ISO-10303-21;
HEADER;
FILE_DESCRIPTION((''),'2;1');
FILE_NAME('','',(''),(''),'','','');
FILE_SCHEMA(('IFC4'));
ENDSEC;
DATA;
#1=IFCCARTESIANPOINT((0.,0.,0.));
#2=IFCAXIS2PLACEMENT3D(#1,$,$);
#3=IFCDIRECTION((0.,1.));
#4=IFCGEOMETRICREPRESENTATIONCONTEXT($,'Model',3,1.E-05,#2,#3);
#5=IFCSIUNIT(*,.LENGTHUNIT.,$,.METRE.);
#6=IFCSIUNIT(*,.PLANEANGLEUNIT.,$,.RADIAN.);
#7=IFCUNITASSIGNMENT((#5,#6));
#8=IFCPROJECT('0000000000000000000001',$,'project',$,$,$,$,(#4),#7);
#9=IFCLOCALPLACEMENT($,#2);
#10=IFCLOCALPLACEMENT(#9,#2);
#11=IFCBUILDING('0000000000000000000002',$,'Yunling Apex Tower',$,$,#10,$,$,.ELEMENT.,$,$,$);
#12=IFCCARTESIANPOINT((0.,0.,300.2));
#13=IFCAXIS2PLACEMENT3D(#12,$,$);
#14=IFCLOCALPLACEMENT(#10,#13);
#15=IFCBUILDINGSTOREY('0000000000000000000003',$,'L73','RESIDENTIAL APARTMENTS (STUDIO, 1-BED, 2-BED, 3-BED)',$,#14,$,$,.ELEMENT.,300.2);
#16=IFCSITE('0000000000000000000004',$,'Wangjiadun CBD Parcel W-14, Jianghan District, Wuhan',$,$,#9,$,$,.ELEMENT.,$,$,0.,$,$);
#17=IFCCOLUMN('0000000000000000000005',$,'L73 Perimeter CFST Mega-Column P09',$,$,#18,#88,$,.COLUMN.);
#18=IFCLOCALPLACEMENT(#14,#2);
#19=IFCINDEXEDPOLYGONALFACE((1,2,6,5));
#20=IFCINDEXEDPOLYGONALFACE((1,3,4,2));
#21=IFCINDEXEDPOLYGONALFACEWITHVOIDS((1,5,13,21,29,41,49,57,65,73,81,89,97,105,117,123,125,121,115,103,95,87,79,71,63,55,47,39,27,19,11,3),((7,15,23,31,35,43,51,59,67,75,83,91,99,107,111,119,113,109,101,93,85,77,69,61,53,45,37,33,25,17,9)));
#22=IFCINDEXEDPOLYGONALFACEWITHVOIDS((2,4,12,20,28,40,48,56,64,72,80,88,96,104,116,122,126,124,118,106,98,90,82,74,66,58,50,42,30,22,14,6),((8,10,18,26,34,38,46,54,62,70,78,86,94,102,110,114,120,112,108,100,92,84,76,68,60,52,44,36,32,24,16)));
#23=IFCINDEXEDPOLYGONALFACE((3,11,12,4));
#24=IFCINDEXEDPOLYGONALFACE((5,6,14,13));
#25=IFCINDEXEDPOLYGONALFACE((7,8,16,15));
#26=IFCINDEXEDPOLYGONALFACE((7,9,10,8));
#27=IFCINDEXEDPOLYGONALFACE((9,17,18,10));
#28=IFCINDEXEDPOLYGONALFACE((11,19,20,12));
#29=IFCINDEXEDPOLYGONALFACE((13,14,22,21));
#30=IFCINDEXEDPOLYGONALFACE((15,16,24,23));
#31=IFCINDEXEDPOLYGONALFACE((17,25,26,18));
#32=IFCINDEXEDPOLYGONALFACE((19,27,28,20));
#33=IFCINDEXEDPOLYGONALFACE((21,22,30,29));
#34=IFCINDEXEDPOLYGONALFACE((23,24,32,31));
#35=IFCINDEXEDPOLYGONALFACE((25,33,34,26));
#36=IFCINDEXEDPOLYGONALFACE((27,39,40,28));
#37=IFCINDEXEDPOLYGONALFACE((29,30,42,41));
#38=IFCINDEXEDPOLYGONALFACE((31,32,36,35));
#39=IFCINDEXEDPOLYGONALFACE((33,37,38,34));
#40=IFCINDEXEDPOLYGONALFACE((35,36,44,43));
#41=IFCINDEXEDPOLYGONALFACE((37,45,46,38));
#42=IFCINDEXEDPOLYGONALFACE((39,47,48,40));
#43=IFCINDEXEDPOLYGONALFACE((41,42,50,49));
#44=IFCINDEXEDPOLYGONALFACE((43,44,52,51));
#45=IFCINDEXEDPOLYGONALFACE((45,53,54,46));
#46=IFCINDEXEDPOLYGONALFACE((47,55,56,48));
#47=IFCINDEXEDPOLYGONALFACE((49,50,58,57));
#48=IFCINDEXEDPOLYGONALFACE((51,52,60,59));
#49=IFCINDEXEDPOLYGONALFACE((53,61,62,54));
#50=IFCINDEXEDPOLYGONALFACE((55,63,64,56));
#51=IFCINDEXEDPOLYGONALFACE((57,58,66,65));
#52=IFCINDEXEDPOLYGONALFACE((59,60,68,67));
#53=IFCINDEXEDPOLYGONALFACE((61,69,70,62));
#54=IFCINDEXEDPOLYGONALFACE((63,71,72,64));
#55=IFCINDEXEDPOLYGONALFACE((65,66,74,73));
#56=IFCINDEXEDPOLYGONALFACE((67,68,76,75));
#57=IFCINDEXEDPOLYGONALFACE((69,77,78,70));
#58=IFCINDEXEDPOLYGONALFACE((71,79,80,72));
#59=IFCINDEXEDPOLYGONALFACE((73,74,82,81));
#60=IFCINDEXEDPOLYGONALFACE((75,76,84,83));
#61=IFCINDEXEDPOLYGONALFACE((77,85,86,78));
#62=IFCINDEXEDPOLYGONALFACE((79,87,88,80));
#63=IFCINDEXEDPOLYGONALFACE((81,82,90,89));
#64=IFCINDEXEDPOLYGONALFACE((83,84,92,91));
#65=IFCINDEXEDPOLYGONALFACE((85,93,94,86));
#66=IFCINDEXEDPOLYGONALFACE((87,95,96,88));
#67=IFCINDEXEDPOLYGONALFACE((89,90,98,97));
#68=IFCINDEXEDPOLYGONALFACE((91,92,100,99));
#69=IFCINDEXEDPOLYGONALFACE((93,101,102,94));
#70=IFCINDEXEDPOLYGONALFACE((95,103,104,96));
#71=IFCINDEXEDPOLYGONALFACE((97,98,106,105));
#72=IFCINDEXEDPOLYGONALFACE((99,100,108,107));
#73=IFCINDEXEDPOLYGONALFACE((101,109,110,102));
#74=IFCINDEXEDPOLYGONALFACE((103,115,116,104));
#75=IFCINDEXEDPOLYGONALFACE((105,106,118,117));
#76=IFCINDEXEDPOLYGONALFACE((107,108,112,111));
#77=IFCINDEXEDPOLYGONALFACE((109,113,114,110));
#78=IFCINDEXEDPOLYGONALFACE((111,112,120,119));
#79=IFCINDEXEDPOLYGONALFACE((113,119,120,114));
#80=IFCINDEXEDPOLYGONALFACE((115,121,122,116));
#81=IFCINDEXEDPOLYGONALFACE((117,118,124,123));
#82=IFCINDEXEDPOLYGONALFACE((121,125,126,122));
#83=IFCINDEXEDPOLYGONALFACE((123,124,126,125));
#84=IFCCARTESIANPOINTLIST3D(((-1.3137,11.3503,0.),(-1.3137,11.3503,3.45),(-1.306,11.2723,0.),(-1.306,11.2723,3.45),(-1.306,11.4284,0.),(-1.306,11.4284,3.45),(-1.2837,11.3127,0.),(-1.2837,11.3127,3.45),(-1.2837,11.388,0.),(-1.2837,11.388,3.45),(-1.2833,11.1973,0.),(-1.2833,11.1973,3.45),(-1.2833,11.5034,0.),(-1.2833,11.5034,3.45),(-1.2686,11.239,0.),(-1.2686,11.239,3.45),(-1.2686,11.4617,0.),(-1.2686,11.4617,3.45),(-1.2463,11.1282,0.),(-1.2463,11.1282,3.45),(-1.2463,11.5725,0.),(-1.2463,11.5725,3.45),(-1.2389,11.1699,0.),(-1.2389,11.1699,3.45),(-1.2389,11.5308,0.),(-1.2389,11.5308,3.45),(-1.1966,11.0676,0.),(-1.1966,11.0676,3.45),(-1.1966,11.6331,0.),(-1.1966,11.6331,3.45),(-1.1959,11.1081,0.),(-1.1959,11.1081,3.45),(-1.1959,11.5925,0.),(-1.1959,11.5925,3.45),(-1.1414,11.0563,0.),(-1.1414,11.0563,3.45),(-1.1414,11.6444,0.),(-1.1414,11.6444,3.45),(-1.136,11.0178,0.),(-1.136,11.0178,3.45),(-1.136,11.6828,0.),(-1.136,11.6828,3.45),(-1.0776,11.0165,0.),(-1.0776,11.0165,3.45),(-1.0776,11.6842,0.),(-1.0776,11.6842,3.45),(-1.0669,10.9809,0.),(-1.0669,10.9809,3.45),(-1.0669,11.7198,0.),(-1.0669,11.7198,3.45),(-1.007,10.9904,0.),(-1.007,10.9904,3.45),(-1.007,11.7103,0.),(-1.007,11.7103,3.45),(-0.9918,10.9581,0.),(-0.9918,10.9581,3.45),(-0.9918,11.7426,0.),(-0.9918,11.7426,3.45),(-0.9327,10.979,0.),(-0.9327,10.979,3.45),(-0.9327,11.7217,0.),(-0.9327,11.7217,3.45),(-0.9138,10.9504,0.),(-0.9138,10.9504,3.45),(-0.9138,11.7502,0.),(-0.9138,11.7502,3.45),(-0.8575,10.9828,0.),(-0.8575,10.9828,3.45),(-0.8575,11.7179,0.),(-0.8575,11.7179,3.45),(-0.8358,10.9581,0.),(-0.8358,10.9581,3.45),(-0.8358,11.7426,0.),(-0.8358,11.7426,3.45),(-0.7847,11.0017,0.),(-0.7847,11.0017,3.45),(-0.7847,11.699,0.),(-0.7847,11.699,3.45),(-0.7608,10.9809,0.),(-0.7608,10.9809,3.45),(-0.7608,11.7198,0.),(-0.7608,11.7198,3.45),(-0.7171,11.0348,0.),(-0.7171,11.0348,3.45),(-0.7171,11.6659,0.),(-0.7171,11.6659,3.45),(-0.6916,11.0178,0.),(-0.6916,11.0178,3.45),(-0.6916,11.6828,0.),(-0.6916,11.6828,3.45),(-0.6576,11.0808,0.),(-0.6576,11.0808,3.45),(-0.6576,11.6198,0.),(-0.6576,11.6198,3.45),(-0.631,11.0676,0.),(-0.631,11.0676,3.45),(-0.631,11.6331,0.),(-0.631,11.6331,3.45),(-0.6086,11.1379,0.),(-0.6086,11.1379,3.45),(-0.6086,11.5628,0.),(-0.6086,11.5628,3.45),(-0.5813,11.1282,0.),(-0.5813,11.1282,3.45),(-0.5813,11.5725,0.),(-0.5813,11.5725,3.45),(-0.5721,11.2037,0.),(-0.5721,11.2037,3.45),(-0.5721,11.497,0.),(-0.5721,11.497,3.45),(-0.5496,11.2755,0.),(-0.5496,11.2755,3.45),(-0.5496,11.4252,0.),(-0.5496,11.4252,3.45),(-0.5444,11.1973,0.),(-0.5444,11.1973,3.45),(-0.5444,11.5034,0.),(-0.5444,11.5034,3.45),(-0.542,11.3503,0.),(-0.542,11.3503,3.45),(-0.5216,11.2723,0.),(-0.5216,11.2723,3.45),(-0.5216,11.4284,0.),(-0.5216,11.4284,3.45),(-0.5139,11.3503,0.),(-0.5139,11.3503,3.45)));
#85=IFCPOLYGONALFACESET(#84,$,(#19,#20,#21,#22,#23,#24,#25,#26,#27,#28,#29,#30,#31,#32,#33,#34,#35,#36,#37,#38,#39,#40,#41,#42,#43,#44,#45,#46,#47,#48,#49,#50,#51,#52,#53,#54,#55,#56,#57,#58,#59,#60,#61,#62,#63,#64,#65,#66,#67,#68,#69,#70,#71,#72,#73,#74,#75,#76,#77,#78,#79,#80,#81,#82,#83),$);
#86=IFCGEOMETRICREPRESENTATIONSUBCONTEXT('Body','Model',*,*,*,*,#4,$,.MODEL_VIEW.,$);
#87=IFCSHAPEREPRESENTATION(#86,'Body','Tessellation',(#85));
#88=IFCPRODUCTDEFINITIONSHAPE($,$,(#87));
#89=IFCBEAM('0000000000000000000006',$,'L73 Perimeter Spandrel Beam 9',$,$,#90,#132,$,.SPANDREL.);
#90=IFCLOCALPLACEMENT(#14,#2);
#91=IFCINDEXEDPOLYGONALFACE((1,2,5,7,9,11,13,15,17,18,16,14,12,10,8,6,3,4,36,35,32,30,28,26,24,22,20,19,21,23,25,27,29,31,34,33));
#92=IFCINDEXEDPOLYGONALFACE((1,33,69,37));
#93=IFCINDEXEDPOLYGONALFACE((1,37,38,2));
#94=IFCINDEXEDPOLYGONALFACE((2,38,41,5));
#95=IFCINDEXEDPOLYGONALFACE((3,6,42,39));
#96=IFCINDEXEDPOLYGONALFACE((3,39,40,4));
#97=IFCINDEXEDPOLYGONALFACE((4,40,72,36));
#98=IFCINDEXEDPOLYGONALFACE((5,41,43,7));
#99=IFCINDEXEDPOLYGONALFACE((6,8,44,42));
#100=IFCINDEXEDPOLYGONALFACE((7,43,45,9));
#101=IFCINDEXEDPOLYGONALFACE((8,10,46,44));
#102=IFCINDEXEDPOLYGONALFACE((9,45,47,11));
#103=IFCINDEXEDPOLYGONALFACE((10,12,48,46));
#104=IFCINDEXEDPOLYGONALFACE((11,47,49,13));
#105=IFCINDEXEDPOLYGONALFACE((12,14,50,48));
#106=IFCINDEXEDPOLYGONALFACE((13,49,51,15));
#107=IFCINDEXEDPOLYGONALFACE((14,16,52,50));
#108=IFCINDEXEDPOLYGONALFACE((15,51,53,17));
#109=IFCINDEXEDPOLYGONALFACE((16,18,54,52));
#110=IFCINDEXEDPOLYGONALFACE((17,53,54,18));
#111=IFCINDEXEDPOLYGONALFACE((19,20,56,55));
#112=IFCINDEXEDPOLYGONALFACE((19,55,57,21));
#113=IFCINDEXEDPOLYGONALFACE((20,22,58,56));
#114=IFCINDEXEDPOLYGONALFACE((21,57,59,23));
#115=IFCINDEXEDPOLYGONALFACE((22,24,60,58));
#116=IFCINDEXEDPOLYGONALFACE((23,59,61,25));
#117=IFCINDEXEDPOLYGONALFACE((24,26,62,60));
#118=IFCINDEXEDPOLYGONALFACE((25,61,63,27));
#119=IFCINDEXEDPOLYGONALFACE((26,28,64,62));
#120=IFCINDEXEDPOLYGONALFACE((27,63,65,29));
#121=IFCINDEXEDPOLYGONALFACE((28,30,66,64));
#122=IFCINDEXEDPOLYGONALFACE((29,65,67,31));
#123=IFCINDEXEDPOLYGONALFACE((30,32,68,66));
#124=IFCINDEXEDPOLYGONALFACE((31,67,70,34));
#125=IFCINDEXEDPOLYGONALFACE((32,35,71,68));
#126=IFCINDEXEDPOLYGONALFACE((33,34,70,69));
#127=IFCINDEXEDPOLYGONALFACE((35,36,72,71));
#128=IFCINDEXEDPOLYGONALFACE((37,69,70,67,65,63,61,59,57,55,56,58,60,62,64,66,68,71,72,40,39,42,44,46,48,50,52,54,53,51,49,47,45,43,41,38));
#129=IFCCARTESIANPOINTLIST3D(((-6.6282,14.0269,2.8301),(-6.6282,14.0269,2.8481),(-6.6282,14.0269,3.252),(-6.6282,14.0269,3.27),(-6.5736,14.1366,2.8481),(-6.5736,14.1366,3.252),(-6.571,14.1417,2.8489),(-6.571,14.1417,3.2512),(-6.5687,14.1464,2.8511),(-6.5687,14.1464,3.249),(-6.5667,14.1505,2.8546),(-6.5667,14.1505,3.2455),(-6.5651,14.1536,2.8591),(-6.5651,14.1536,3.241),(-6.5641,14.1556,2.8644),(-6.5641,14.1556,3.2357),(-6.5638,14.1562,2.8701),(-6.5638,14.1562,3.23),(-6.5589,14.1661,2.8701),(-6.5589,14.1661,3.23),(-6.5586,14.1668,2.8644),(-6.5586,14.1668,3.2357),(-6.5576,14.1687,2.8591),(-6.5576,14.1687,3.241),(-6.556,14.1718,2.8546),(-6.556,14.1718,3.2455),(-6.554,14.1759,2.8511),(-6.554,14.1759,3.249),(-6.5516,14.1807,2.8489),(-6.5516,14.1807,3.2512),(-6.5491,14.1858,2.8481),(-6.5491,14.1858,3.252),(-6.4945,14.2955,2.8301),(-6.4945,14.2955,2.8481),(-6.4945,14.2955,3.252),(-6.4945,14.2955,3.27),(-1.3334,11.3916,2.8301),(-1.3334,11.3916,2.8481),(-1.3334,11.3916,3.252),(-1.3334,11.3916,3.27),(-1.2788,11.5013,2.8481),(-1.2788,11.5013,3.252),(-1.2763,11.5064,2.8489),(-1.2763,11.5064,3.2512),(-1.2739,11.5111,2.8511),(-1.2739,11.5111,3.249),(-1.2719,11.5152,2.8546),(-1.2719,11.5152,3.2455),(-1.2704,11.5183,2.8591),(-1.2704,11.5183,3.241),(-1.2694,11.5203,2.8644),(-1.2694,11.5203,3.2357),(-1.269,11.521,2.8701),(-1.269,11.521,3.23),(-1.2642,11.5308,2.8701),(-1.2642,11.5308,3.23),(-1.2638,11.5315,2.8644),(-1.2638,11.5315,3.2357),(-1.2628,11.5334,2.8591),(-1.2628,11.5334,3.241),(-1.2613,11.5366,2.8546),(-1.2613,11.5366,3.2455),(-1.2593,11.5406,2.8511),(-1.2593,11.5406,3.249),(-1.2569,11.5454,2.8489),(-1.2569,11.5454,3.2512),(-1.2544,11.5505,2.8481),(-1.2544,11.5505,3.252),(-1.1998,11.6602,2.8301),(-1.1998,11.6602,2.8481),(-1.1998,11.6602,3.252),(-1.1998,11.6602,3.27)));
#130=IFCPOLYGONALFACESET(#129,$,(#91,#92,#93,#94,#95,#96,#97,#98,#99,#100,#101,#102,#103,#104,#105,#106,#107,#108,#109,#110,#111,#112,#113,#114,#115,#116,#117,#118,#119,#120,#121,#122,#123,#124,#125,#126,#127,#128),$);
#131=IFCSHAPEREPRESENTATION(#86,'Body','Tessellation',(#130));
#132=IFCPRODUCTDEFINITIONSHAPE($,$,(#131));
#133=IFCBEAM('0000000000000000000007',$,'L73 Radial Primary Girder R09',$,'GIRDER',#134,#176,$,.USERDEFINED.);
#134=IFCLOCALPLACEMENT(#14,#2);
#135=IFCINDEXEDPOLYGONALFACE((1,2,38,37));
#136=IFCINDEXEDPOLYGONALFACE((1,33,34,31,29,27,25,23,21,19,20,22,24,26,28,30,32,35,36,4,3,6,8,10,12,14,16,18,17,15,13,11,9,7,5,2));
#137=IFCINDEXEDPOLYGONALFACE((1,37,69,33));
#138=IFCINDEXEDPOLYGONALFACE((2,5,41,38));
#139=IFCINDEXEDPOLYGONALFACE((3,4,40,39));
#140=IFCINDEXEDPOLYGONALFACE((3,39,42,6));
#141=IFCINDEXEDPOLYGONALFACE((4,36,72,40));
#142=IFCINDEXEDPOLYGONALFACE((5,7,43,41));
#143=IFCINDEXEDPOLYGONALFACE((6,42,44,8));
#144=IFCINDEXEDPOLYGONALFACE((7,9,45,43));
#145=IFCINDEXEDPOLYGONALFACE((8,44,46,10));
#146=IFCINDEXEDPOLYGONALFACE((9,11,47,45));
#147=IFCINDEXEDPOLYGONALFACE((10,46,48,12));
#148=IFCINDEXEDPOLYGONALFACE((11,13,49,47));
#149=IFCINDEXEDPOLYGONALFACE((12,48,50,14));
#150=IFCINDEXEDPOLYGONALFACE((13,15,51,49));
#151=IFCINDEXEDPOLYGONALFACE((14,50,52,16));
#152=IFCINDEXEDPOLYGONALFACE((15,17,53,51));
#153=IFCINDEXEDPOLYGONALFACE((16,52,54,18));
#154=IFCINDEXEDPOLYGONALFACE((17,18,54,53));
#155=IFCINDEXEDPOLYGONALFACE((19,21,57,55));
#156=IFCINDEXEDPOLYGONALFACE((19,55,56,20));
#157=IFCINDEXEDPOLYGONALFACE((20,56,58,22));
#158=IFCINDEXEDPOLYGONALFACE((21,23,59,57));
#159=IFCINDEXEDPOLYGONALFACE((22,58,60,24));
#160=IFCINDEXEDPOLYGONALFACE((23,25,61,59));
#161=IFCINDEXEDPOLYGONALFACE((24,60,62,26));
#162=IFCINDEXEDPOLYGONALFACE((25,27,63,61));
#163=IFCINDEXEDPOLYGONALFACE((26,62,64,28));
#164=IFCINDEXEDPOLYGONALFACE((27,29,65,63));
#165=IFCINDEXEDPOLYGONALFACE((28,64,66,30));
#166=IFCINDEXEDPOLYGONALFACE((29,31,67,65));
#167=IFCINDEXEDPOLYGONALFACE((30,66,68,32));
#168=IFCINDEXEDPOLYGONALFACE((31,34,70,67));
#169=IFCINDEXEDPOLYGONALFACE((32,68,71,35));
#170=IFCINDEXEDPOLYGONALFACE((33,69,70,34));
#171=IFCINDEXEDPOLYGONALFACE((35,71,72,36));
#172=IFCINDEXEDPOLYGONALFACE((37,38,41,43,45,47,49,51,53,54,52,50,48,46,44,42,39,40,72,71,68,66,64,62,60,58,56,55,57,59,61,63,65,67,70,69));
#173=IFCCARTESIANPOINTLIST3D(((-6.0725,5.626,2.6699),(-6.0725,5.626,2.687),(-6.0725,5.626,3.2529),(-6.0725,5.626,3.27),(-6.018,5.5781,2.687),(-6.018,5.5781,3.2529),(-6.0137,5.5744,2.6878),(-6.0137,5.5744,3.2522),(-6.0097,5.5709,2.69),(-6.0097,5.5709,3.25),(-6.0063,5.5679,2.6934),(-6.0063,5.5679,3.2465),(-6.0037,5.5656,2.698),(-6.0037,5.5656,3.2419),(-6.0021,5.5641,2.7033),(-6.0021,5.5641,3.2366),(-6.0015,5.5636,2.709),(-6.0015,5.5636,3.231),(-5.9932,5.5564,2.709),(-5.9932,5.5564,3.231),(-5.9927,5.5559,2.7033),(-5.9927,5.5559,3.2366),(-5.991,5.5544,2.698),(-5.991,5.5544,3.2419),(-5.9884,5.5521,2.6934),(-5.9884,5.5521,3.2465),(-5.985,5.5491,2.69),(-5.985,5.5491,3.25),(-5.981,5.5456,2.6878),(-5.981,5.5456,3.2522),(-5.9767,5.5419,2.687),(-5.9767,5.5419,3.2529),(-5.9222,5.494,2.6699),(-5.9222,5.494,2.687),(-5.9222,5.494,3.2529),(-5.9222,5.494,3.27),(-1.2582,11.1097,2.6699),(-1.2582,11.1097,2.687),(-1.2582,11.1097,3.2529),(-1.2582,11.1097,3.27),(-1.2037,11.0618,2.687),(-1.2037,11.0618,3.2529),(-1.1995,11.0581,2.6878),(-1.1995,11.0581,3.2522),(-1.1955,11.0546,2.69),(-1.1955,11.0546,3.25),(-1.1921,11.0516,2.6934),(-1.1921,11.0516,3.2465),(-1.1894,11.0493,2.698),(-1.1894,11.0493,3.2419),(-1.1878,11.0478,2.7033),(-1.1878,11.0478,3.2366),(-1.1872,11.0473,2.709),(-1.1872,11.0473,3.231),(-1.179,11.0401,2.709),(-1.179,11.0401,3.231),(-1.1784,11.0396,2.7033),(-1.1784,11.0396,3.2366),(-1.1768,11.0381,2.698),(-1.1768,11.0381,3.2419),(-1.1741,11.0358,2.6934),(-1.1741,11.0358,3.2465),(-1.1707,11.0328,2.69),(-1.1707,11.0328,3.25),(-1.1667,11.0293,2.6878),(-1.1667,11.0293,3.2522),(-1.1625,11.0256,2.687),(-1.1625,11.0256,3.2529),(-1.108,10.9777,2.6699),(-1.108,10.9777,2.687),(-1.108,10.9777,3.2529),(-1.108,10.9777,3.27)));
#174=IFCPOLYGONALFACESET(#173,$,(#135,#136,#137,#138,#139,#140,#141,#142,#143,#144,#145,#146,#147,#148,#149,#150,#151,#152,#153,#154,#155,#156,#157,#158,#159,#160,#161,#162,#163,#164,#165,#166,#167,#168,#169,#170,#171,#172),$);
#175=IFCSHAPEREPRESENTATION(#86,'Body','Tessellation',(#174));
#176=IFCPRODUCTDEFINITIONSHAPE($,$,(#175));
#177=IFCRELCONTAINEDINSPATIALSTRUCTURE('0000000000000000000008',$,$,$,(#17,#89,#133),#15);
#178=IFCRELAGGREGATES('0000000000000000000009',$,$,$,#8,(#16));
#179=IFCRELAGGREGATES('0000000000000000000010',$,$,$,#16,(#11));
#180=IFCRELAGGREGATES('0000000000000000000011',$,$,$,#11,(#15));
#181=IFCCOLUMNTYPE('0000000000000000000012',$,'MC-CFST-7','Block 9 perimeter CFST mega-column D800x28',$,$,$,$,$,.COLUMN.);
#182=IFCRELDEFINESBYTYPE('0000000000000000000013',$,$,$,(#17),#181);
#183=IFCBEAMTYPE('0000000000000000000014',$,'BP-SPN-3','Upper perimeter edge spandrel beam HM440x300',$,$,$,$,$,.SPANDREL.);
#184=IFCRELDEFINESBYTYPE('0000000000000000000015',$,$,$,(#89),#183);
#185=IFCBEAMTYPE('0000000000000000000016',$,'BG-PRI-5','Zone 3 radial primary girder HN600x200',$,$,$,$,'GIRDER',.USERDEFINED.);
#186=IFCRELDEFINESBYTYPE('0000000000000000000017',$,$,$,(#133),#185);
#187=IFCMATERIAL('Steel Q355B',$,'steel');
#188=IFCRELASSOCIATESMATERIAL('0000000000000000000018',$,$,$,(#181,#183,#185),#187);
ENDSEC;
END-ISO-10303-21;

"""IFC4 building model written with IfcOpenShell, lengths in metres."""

from ifc_helpers import new_model, si_unit, direction, frame, origin, origin_2d, place, context, subcontext, project, spatial, hollow_circle, i_section, extrude, source, transform, mapped, material, material_profile, profile_set, type_object, element, save


model = new_model("IFC4")

# Units and contexts
model_context = context("Model", 3, precision=1e-05, world=origin(), true_north=direction((0.0, 1.0)))
body_context = subcontext(model_context, "Body", "Model", "MODEL_VIEW")
ifc_project = project(units=[si_unit("LENGTHUNIT", "METRE"), si_unit("PLANEANGLEUNIT", "RADIAN")], contexts=[model_context])

# Site, building, storey
site_placement = place(None, origin())
site = spatial("IfcSite", under=ifc_project, at=site_placement, Name="Wangjiadun CBD Parcel W-14, Jianghan District, Wuhan", CompositionType="ELEMENT", RefElevation=0.0)
building_placement = place(site_placement, origin())
building = spatial("IfcBuilding", under=site, at=building_placement, Name="Yunling Apex Tower", CompositionType="ELEMENT")
storey_placement = place(building_placement, frame((0.0, 0.0, 300.2)))
storey = spatial("IfcBuildingStorey", under=building, at=storey_placement, Name="L73", Description="RESIDENTIAL APARTMENTS (STUDIO, 1-BED, 2-BED, 3-BED)", CompositionType="ELEMENT", Elevation=300.2)

# Column
ifc_material_1 = material(Name="Steel Q355B", Category="steel")
ifc_material_profile_1 = material_profile(ifc_material_1, hollow_circle(Radius=0.3999, WallThickness=0.0281, at=origin_2d()))
ifc_profile_set_1 = profile_set([ifc_material_profile_1], Name="Steel Q355B")
column_type = type_object("IfcColumnType", Name="MC-CFST-7", Description="Block 9 perimeter CFST mega-column D800x28", PredefinedType="COLUMN", material=ifc_profile_set_1)
shared_shape_1 = source(origin(), body_context, "Body", "SweptSolid", [
    extrude(hollow_circle(Radius=0.3999, WallThickness=0.0281, at=origin_2d()), origin(), (0.0, 0.0, 1.0), 3.45),
])
column_placement = place(storey_placement, frame((-0.9138, 11.3503, 0.0), z_axis=(0.0, 0.0, 1.0), x_axis=(1.0, 0.0, 0.0)))
element("IfcColumn", 1, at=column_placement, inside=storey, type_object=column_type, Name="L73 Perimeter CFST Mega-Column P09", PredefinedType="COLUMN", context=body_context, shape_type="MappedRepresentation", body=[
    mapped(shared_shape_1, transform((0.0, 0.0, 0.0), scale=1.0)),
])

# Beams
ifc_material_profile_2 = material_profile(ifc_material_1, i_section(OverallWidth=0.3, OverallDepth=0.4399, WebThickness=0.011, FlangeThickness=0.0181, FilletRadius=0.022, at=origin_2d()))
ifc_profile_set_2 = profile_set([ifc_material_profile_2], Name="Steel Q355B")
beam_type_1 = type_object("IfcBeamType", Name="BP-SPN-3", Description="Upper perimeter edge spandrel beam HM440x300", PredefinedType="SPANDREL", material=ifc_profile_set_2)
shared_shape_2 = source(origin(), body_context, "Body", "SweptSolid", [
    extrude(i_section(OverallWidth=0.3, OverallDepth=0.4399, WebThickness=0.011, FlangeThickness=0.0181, FilletRadius=0.022, at=origin_2d()), origin(), (0.0, 0.0, 1.0), 5.9143),
])
beam_1_placement = place(storey_placement, frame((-1.2666, 11.5259, 3.05), z_axis=(-0.895243, 0.445578, 0.0), x_axis=(-0.445578, -0.895243, 0.0)))
element("IfcBeam", 2, at=beam_1_placement, inside=storey, type_object=beam_type_1, Name="L73 Perimeter Spandrel Beam 9", PredefinedType="SPANDREL", context=body_context, shape_type="MappedRepresentation", body=[
    mapped(shared_shape_2, transform((0.0, 0.0, 0.0), scale=1.0)),
])
ifc_material_profile_3 = material_profile(ifc_material_1, i_section(OverallWidth=0.2, OverallDepth=0.6001, WebThickness=0.011, FlangeThickness=0.0171, FilletRadius=0.022, at=origin_2d()))
ifc_profile_set_3 = profile_set([ifc_material_profile_3], Name="Steel Q355B")
beam_type_2 = type_object("IfcBeamType", Name="BG-PRI-5", Description="Zone 3 radial primary girder HN600x200", ElementType="GIRDER", PredefinedType="USERDEFINED", material=ifc_profile_set_3)
shared_shape_3 = source(origin(), body_context, "Body", "SweptSolid", [
    extrude(i_section(OverallWidth=0.2, OverallDepth=0.6001, WebThickness=0.011, FlangeThickness=0.0171, FilletRadius=0.022, at=origin_2d()), origin(), (0.0, 0.0, 1.0), 7.2971),
])
beam_2_placement = place(storey_placement, frame((-1.1831, 11.0437, 2.97), z_axis=(-0.659747, -0.751488, 0.0), x_axis=(0.751488, -0.659747, 0.0)))
element("IfcBeam", 3, at=beam_2_placement, inside=storey, type_object=beam_type_2, Name="L73 Radial Primary Girder R09", ObjectType="GIRDER", PredefinedType="USERDEFINED", context=body_context, shape_type="MappedRepresentation", body=[
    mapped(shared_shape_3, transform((0.0, 0.0, 0.0), scale=1.0)),
])

save(model, "model.ifc")
